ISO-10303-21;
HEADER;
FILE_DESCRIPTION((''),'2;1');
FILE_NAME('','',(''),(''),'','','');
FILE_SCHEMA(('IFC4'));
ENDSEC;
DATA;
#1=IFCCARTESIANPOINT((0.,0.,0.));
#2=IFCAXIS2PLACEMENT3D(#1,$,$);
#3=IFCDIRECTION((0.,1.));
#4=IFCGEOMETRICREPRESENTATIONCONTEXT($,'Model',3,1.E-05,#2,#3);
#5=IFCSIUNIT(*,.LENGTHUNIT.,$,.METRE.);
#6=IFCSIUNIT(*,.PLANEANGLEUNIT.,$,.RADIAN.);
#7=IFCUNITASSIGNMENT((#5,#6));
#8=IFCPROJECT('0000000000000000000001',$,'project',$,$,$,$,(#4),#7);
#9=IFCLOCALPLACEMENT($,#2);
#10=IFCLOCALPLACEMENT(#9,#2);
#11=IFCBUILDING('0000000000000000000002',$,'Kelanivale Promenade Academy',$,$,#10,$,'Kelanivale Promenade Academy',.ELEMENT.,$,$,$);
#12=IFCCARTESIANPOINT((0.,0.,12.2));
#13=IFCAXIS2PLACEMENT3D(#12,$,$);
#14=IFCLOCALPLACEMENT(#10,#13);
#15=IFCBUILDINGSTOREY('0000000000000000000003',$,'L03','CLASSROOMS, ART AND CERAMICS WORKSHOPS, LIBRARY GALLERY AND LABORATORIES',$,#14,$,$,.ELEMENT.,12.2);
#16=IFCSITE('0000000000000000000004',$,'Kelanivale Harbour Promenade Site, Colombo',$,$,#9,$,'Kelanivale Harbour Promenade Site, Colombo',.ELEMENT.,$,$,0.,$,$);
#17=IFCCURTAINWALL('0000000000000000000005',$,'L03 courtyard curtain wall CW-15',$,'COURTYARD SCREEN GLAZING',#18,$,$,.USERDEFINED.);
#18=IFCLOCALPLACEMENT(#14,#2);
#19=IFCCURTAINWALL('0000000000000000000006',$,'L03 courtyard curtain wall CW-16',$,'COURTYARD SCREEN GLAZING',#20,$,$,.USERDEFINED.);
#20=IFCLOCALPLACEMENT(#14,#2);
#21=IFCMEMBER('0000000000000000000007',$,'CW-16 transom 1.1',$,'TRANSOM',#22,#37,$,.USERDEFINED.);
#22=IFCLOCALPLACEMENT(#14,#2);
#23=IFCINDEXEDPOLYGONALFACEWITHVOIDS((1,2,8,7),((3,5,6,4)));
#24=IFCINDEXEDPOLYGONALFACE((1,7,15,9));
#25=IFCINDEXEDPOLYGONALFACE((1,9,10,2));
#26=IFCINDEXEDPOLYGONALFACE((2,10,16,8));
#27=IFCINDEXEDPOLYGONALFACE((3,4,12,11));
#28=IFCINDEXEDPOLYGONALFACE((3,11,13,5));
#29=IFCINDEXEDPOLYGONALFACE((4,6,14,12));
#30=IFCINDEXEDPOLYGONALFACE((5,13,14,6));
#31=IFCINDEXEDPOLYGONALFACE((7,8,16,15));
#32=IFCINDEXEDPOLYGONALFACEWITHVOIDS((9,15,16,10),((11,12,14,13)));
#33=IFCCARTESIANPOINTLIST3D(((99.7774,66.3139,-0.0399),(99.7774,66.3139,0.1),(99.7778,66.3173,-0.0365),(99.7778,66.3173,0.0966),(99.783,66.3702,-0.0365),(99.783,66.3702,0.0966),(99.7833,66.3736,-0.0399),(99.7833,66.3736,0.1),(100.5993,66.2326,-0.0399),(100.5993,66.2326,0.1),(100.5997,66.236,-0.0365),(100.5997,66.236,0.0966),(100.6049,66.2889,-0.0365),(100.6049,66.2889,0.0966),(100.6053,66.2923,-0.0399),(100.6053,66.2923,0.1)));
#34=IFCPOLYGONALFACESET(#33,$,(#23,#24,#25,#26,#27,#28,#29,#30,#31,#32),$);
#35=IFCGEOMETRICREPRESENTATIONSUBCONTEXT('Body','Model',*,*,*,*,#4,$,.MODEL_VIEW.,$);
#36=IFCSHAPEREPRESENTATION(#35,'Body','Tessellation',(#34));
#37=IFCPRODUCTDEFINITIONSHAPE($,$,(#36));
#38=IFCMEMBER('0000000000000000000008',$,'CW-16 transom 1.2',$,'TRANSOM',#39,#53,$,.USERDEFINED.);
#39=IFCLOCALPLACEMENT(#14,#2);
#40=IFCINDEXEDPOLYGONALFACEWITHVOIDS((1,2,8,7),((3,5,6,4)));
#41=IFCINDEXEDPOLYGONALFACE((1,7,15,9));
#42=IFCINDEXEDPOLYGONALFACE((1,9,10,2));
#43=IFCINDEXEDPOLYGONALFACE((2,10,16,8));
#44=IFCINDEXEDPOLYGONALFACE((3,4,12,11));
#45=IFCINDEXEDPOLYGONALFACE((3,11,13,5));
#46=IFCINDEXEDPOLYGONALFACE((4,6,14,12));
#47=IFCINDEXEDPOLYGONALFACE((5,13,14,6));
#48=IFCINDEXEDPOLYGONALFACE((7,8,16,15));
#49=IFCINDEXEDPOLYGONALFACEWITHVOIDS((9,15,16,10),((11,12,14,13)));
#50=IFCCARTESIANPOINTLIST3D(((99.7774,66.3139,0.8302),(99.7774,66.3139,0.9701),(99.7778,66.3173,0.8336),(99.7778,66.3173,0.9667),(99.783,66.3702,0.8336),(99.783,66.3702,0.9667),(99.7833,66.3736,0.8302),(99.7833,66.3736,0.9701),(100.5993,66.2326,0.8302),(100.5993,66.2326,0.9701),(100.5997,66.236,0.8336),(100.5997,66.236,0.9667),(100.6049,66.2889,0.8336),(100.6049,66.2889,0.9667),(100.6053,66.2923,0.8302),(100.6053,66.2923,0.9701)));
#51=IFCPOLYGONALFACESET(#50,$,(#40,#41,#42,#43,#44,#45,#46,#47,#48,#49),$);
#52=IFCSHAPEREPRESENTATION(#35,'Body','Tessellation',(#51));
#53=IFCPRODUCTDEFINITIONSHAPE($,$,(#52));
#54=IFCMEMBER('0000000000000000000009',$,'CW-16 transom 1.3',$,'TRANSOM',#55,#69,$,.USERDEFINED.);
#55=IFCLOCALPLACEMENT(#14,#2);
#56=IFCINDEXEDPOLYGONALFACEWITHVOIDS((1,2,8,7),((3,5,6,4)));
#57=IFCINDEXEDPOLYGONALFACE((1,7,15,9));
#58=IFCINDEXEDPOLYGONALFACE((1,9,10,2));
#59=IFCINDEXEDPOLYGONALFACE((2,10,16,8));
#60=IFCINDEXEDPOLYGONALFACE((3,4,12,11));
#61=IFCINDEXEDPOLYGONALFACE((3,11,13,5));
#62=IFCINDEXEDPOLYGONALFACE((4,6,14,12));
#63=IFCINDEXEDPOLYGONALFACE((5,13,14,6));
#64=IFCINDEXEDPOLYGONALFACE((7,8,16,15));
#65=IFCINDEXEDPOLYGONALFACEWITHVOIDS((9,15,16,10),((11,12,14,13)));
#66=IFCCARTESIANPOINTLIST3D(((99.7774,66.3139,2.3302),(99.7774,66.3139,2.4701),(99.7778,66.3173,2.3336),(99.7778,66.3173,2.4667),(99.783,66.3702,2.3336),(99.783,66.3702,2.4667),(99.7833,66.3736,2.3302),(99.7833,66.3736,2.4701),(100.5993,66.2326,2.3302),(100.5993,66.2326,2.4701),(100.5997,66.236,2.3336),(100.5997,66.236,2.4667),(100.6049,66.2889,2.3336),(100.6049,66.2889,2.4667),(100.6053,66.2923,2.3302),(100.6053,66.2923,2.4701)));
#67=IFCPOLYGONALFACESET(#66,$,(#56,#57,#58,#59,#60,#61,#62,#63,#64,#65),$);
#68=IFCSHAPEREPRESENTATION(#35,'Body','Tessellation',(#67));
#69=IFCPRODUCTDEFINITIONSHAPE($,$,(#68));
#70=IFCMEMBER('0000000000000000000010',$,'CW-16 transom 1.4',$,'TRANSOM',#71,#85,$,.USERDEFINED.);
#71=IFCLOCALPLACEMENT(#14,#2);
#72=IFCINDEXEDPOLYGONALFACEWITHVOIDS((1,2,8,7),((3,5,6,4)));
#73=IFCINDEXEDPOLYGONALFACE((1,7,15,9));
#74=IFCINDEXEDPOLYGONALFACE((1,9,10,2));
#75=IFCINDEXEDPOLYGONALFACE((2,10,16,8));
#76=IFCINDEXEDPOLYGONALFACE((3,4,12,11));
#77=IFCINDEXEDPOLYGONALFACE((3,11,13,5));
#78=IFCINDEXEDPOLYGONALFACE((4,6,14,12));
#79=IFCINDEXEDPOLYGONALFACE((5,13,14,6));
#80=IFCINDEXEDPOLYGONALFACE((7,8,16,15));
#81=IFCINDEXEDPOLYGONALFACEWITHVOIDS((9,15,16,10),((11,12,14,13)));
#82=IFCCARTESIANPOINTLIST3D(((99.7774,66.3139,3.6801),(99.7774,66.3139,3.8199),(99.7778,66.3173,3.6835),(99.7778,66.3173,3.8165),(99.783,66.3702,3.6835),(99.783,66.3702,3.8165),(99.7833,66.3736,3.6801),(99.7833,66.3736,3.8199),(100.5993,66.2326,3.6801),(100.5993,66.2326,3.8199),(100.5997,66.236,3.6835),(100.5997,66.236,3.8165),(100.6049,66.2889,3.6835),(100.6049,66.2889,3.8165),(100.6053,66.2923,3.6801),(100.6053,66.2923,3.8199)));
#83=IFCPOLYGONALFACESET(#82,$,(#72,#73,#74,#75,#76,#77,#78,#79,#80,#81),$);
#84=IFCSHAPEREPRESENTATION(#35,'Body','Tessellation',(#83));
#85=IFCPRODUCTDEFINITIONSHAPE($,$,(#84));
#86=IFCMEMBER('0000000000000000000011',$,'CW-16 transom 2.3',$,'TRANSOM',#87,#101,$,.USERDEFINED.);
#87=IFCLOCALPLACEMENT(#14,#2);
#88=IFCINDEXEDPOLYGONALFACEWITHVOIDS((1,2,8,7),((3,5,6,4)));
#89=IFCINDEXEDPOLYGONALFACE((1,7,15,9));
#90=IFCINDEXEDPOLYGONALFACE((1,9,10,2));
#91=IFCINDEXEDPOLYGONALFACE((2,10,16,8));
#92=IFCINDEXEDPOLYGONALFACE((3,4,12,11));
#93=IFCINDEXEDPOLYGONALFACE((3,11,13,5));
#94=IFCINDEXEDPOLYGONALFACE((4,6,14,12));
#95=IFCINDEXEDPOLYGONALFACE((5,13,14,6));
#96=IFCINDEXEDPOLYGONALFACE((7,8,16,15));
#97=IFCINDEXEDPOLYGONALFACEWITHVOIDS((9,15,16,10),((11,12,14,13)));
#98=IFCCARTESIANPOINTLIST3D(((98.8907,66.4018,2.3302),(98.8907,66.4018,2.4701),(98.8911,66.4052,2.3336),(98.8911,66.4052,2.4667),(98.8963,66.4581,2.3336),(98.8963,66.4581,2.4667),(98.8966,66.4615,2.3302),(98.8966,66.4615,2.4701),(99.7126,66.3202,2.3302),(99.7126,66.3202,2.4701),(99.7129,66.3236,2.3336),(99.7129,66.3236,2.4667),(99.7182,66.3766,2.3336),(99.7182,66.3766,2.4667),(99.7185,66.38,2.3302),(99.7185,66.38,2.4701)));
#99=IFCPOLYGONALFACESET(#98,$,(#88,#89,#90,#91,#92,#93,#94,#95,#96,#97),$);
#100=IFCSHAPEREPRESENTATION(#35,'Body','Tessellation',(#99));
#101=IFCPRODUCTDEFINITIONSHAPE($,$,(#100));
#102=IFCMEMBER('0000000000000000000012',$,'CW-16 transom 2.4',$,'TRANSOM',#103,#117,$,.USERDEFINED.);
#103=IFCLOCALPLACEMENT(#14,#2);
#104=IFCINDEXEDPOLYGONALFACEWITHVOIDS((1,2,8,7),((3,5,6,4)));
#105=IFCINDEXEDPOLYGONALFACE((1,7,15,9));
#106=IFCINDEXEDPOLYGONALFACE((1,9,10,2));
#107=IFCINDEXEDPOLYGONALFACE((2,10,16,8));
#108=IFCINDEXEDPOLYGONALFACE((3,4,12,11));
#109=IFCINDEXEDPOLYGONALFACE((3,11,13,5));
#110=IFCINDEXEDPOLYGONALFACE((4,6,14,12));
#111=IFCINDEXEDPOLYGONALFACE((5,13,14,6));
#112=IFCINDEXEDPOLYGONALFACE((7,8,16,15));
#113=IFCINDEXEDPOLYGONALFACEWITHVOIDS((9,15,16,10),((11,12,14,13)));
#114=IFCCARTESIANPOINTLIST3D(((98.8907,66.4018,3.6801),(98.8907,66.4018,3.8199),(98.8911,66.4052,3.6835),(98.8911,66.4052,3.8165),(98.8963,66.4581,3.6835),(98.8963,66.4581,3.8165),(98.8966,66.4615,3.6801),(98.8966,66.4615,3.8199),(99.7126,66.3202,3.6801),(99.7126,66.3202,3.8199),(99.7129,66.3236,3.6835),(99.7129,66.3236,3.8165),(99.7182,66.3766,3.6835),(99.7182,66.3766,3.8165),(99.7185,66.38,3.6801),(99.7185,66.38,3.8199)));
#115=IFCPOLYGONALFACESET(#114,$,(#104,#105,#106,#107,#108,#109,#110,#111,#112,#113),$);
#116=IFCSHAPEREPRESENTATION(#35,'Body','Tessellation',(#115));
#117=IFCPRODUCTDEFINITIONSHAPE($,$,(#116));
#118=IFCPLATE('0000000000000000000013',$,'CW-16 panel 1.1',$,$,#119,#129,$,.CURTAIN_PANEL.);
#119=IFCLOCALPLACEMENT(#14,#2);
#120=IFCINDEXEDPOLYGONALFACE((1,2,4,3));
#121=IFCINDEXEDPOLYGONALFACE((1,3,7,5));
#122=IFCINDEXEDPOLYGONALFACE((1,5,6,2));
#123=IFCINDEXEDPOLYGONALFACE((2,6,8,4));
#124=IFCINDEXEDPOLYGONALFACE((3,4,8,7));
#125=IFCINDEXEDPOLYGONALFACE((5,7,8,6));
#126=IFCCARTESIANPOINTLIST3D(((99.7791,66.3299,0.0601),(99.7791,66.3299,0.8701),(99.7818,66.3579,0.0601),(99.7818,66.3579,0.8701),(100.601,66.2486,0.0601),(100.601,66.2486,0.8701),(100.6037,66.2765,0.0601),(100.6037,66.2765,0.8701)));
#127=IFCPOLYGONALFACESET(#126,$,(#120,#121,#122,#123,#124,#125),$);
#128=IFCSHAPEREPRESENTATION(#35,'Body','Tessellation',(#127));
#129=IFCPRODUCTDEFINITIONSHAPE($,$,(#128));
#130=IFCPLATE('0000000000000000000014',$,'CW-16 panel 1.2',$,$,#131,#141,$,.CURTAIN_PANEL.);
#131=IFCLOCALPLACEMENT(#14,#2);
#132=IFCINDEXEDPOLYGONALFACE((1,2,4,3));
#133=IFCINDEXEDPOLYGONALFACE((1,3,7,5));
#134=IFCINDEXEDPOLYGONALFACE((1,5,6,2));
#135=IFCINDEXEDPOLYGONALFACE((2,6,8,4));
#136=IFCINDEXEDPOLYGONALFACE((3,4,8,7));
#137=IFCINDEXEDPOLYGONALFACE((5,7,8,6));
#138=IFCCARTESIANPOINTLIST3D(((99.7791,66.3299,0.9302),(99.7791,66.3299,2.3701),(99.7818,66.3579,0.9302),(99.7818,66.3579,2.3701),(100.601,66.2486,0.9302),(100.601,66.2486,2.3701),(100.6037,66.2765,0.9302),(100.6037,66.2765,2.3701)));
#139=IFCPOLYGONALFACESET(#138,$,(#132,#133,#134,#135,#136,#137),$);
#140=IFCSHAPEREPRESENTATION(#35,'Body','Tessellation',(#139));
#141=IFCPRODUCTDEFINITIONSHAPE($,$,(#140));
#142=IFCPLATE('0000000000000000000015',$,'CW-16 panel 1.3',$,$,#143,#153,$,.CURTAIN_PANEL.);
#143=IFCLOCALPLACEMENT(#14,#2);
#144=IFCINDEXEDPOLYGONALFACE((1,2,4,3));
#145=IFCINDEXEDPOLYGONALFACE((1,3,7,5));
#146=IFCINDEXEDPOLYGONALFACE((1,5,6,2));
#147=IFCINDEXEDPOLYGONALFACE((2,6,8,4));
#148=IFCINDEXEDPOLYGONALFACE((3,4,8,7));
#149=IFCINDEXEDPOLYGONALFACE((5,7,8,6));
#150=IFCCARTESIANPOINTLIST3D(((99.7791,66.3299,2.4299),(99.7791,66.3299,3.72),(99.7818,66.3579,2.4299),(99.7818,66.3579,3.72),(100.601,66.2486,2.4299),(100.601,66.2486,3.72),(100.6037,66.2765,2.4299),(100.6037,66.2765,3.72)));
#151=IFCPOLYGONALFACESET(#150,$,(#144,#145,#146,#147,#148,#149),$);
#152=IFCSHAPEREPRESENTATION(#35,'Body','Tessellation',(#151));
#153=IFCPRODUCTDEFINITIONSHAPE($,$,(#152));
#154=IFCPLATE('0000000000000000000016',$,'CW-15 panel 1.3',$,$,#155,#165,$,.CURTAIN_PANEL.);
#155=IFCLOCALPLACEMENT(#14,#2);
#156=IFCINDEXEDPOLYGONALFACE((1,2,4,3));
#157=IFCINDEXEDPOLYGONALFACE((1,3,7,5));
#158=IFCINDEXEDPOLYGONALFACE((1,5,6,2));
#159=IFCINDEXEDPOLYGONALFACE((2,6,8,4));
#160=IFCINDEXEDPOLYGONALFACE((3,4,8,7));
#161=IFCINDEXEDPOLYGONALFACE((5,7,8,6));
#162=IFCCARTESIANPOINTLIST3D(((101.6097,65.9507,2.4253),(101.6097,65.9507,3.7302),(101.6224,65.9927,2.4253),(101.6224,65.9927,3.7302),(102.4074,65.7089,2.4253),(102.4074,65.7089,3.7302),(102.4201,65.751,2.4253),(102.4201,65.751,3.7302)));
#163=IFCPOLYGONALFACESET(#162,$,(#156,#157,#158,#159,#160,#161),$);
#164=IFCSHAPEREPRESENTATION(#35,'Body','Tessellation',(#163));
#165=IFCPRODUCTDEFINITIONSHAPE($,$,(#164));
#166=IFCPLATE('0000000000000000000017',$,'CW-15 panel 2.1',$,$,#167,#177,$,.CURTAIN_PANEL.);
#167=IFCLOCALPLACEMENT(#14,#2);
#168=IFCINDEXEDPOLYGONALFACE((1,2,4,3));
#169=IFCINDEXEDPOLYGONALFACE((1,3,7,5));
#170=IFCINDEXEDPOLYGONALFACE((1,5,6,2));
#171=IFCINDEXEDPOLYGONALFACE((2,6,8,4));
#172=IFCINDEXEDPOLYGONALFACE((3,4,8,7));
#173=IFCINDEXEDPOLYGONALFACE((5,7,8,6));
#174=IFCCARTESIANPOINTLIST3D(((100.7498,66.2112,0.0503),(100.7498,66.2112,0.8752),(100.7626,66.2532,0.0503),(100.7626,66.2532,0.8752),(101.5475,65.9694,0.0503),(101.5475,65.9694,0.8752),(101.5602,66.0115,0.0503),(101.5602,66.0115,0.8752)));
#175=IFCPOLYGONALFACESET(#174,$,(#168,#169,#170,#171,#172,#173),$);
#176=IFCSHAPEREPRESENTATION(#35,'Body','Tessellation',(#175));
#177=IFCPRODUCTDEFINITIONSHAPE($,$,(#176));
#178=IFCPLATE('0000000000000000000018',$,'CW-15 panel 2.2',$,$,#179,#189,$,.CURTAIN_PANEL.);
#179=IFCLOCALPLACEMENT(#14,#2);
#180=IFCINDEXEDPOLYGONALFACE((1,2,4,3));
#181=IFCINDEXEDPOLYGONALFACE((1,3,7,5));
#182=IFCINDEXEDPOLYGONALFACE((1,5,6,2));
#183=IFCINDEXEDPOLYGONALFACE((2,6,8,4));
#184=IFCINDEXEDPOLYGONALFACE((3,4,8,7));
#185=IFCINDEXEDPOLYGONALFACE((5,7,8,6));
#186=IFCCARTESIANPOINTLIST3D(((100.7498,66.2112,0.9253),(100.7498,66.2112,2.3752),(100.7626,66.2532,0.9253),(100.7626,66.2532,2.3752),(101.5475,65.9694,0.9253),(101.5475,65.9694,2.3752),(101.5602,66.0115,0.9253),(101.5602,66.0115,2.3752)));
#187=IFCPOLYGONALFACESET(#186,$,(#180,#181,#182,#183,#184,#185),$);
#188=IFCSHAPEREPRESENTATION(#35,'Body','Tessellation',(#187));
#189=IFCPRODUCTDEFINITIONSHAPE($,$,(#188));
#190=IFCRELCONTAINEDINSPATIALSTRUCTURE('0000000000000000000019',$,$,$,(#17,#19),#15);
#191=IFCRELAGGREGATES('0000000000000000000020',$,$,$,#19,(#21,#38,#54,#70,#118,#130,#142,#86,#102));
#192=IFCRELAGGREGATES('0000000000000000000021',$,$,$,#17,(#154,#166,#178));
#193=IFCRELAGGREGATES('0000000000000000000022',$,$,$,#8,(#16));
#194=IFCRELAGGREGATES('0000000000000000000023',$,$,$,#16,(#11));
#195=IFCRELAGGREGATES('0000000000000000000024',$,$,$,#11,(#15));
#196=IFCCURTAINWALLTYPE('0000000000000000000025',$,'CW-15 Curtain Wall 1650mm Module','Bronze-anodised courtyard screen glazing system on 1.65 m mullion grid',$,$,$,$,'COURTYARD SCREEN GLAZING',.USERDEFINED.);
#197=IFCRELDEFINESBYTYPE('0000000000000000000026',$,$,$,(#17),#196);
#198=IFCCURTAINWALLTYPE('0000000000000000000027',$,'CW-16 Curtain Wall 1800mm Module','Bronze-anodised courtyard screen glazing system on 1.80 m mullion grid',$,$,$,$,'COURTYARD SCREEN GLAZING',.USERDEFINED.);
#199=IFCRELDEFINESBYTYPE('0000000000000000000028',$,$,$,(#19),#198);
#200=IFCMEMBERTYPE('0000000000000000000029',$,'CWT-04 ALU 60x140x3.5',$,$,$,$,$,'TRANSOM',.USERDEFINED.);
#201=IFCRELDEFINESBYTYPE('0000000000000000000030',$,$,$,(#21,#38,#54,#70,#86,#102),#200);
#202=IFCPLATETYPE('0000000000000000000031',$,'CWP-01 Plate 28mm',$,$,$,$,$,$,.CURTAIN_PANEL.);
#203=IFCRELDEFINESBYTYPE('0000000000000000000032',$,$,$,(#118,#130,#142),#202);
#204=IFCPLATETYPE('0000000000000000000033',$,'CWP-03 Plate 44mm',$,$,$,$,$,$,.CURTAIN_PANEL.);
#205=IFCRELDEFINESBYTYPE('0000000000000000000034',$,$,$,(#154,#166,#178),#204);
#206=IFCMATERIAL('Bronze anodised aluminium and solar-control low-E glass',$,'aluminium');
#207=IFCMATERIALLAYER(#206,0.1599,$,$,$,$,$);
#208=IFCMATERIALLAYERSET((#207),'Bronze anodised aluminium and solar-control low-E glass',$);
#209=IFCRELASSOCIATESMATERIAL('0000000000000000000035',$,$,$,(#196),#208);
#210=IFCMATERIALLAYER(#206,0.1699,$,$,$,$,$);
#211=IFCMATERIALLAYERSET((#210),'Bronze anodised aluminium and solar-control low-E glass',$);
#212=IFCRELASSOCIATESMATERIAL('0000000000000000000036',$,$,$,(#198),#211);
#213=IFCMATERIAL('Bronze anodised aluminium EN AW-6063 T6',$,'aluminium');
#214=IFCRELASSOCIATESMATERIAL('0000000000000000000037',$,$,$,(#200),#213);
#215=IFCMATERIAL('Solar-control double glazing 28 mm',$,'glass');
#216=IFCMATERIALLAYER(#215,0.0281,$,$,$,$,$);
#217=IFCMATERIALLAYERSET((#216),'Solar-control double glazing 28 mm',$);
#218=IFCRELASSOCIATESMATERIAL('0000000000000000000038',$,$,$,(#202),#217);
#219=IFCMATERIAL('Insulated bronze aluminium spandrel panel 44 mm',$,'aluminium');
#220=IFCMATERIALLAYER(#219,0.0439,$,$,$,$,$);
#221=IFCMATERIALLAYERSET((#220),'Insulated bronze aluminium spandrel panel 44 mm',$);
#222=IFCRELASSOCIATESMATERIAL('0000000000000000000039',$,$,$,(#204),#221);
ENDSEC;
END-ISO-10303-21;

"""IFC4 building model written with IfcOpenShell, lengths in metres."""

from ifc_helpers import new_model, si_unit, direction, frame, origin, origin_2d, place, context, subcontext, project, spatial, rectangle, hollow_rectangle, extrude, material, layer, layer_set, material_profile, profile_set, type_object, element, aggregate, save


model = new_model("IFC4")

# Units and contexts
model_context = context("Model", 3, precision=1e-05, world=origin(), true_north=direction((0.0, 1.0)))
body_context = subcontext(model_context, "Body", "Model", "MODEL_VIEW")
ifc_project = project(units=[si_unit("LENGTHUNIT", "METRE"), si_unit("PLANEANGLEUNIT", "RADIAN")], contexts=[model_context])

# Site, building, storey
site_placement = place(None, origin())
site = spatial("IfcSite", under=ifc_project, at=site_placement, Name="Kelanivale Harbour Promenade Site, Colombo", LongName="Kelanivale Harbour Promenade Site, Colombo", CompositionType="ELEMENT", RefElevation=0.0)
building_placement = place(site_placement, origin())
building = spatial("IfcBuilding", under=site, at=building_placement, Name="Kelanivale Promenade Academy", LongName="Kelanivale Promenade Academy", CompositionType="ELEMENT")
storey_placement = place(building_placement, frame((0.0, 0.0, 12.2)))
storey = spatial("IfcBuildingStorey", under=building, at=storey_placement, Name="L03", Description="CLASSROOMS, ART AND CERAMICS WORKSHOPS, LIBRARY GALLERY AND LABORATORIES", CompositionType="ELEMENT", Elevation=12.2)

# Curtain walls
ifc_material_1 = material(Name="Bronze anodised aluminium and solar-control low-E glass", Category="aluminium")
ifc_layer_1 = layer(ifc_material_1, 0.1599)
ifc_layer_set_1 = layer_set([ifc_layer_1], Name="Bronze anodised aluminium and solar-control low-E glass")
curtain_wall_type_1 = type_object("IfcCurtainWallType", Name="CW-15 Curtain Wall 1650mm Module", Description="Bronze-anodised courtyard screen glazing system on 1.65 m mullion grid", ElementType="COURTYARD SCREEN GLAZING", PredefinedType="USERDEFINED", material=ifc_layer_set_1)
curtain_wall_1_placement = place(storey_placement, origin())
curtain_wall_1 = element("IfcCurtainWall", 1, at=curtain_wall_1_placement, inside=storey, type_object=curtain_wall_type_1, Name="L03 courtyard curtain wall CW-15", ObjectType="COURTYARD SCREEN GLAZING", PredefinedType="USERDEFINED")
ifc_material_2 = material(Name="Bronze anodised aluminium EN AW-6063 T6", Category="aluminium")
ifc_layer_2 = layer(ifc_material_1, 0.1699)
ifc_layer_set_2 = layer_set([ifc_layer_2], Name="Bronze anodised aluminium and solar-control low-E glass")
curtain_wall_type_2 = type_object("IfcCurtainWallType", Name="CW-16 Curtain Wall 1800mm Module", Description="Bronze-anodised courtyard screen glazing system on 1.80 m mullion grid", ElementType="COURTYARD SCREEN GLAZING", PredefinedType="USERDEFINED", material=ifc_layer_set_2)
curtain_wall_2_placement = place(storey_placement, origin())
curtain_wall_2 = element("IfcCurtainWall", 2, at=curtain_wall_2_placement, inside=storey, type_object=curtain_wall_type_2, Name="L03 courtyard curtain wall CW-16", ObjectType="COURTYARD SCREEN GLAZING", PredefinedType="USERDEFINED")

# Members
ifc_material_profile_1 = material_profile(ifc_material_2, hollow_rectangle(XDim=0.0601, YDim=0.1399, WallThickness=0.0034, at=origin_2d()), Name="ALU 60x140x3.5")
ifc_profile_set_1 = profile_set([ifc_material_profile_1], Name="Bronze anodised aluminium EN AW-6063 T6")
member_type_1 = type_object("IfcMemberType", Name="CWT-04 ALU 60x140x3.5", ElementType="TRANSOM", PredefinedType="USERDEFINED", material=ifc_profile_set_1)
member_1_placement = place(storey_placement, frame((100.6023, 66.2625, 0.03), z_axis=(-0.995145, 0.098421, 0.0), x_axis=(-0.098421, -0.995145, 0.0)))
member_1 = element("IfcMember", 3, at=member_1_placement, type_object=member_type_1, Name="CW-16 transom 1.1", ObjectType="TRANSOM", PredefinedType="USERDEFINED", context=body_context, shape_type="SweptSolid", body=[
    extrude(hollow_rectangle(XDim=0.0601, YDim=0.1399, WallThickness=0.0034, at=origin_2d()), origin(), (0.0, 0.0, 1.0), 0.8259),
])
member_2_placement = place(storey_placement, frame((100.6023, 66.2625, 0.9001), z_axis=(-0.995145, 0.098421, 0.0), x_axis=(-0.098421, -0.995145, 0.0)))
member_2 = element("IfcMember", 4, at=member_2_placement, type_object=member_type_1, Name="CW-16 transom 1.2", ObjectType="TRANSOM", PredefinedType="USERDEFINED", context=body_context, shape_type="SweptSolid", body=[
    extrude(hollow_rectangle(XDim=0.0601, YDim=0.1399, WallThickness=0.0034, at=origin_2d()), origin(), (0.0, 0.0, 1.0), 0.8259),
])
member_3_placement = place(storey_placement, frame((100.6023, 66.2625, 2.4001), z_axis=(-0.995145, 0.098421, 0.0), x_axis=(-0.098421, -0.995145, 0.0)))
member_3 = element("IfcMember", 5, at=member_3_placement, type_object=member_type_1, Name="CW-16 transom 1.3", ObjectType="TRANSOM", PredefinedType="USERDEFINED", context=body_context, shape_type="SweptSolid", body=[
    extrude(hollow_rectangle(XDim=0.0601, YDim=0.1399, WallThickness=0.0034, at=origin_2d()), origin(), (0.0, 0.0, 1.0), 0.8259),
])
member_4_placement = place(storey_placement, frame((100.6023, 66.2625, 3.75), z_axis=(-0.995145, 0.098421, 0.0), x_axis=(-0.098421, -0.995145, 0.0)))
member_4 = element("IfcMember", 6, at=member_4_placement, type_object=member_type_1, Name="CW-16 transom 1.4", ObjectType="TRANSOM", PredefinedType="USERDEFINED", context=body_context, shape_type="SweptSolid", body=[
    extrude(hollow_rectangle(XDim=0.0601, YDim=0.1399, WallThickness=0.0034, at=origin_2d()), origin(), (0.0, 0.0, 1.0), 0.8259),
])
member_5_placement = place(storey_placement, frame((99.7156, 66.3501, 2.4001), z_axis=(-0.995113, 0.098743, 0.0), x_axis=(-0.098743, -0.995113, 0.0)))
member_5 = element("IfcMember", 7, at=member_5_placement, type_object=member_type_1, Name="CW-16 transom 2.3", ObjectType="TRANSOM", PredefinedType="USERDEFINED", context=body_context, shape_type="SweptSolid", body=[
    extrude(hollow_rectangle(XDim=0.0601, YDim=0.1399, WallThickness=0.0034, at=origin_2d()), origin(), (0.0, 0.0, 1.0), 0.8259),
])
member_6_placement = place(storey_placement, frame((99.7156, 66.3501, 3.75), z_axis=(-0.995113, 0.098743, 0.0), x_axis=(-0.098743, -0.995113, 0.0)))
member_6 = element("IfcMember", 8, at=member_6_placement, type_object=member_type_1, Name="CW-16 transom 2.4", ObjectType="TRANSOM", PredefinedType="USERDEFINED", context=body_context, shape_type="SweptSolid", body=[
    extrude(hollow_rectangle(XDim=0.0601, YDim=0.1399, WallThickness=0.0034, at=origin_2d()), origin(), (0.0, 0.0, 1.0), 0.8259),
])

# Plates
ifc_material_3 = material(Name="Solar-control double glazing 28 mm", Category="glass")
ifc_layer_3 = layer(ifc_material_3, 0.0281)
ifc_layer_set_3 = layer_set([ifc_layer_3], Name="Solar-control double glazing 28 mm")
plate_type_1 = type_object("IfcPlateType", Name="CWP-01 Plate 28mm", PredefinedType="CURTAIN_PANEL", material=ifc_layer_set_3)
plate_1_placement = place(storey_placement, frame((100.1914, 66.3032, 0.0601), z_axis=(0.0, 0.0, 1.0), x_axis=(-0.995133, 0.098539, 0.0)))
plate_1 = element("IfcPlate", 9, at=plate_1_placement, type_object=plate_type_1, Name="CW-16 panel 1.1", PredefinedType="CURTAIN_PANEL", context=body_context, shape_type="SweptSolid", body=[
    extrude(rectangle(XDim=0.8259, YDim=0.0281, at=origin_2d()), origin(), (0.0, 0.0, 1.0), 0.8101),
])
plate_2_placement = place(storey_placement, frame((100.1914, 66.3032, 0.9302), z_axis=(0.0, 0.0, 1.0), x_axis=(-0.995133, 0.098539, 0.0)))
plate_2 = element("IfcPlate", 10, at=plate_2_placement, type_object=plate_type_1, Name="CW-16 panel 1.2", PredefinedType="CURTAIN_PANEL", context=body_context, shape_type="SweptSolid", body=[
    extrude(rectangle(XDim=0.8259, YDim=0.0281, at=origin_2d()), origin(), (0.0, 0.0, 1.0), 1.4399),
])
plate_3_placement = place(storey_placement, frame((100.1914, 66.3032, 2.4299), z_axis=(0.0, 0.0, 1.0), x_axis=(-0.995133, 0.098539, 0.0)))
plate_3 = element("IfcPlate", 11, at=plate_3_placement, type_object=plate_type_1, Name="CW-16 panel 1.3", PredefinedType="CURTAIN_PANEL", context=body_context, shape_type="SweptSolid", body=[
    extrude(rectangle(XDim=0.8259, YDim=0.0281, at=origin_2d()), origin(), (0.0, 0.0, 1.0), 1.29),
])
aggregate(curtain_wall_2, [member_1, member_2, member_3, member_4, plate_1, plate_2, plate_3, member_5, member_6])
ifc_material_4 = material(Name="Insulated bronze aluminium spandrel panel 44 mm", Category="aluminium")
ifc_layer_4 = layer(ifc_material_4, 0.0439)
ifc_layer_set_4 = layer_set([ifc_layer_4], Name="Insulated bronze aluminium spandrel panel 44 mm")
plate_type_2 = type_object("IfcPlateType", Name="CWP-03 Plate 44mm", PredefinedType="CURTAIN_PANEL", material=ifc_layer_set_4)
plate_4_placement = place(storey_placement, frame((102.0149, 65.8508, 2.4253), z_axis=(0.0, 0.0, 1.0), x_axis=(-0.957024, 0.290007, 0.0)))
plate_4 = element("IfcPlate", 12, at=plate_4_placement, type_object=plate_type_2, Name="CW-15 panel 1.3", PredefinedType="CURTAIN_PANEL", context=body_context, shape_type="SweptSolid", body=[
    extrude(rectangle(XDim=0.8335, YDim=0.0439, at=origin_2d()), origin(), (0.0, 0.0, 1.0), 1.3049),
])
plate_5_placement = place(storey_placement, frame((101.155, 66.1113, 0.0503), z_axis=(0.0, 0.0, 1.0), x_axis=(-0.957024, 0.290007, 0.0)))
plate_5 = element("IfcPlate", 13, at=plate_5_placement, type_object=plate_type_2, Name="CW-15 panel 2.1", PredefinedType="CURTAIN_PANEL", context=body_context, shape_type="SweptSolid", body=[
    extrude(rectangle(XDim=0.8335, YDim=0.0439, at=origin_2d()), origin(), (0.0, 0.0, 1.0), 0.825),
])
plate_6_placement = place(storey_placement, frame((101.155, 66.1113, 0.9253), z_axis=(0.0, 0.0, 1.0), x_axis=(-0.957024, 0.290007, 0.0)))
plate_6 = element("IfcPlate", 14, at=plate_6_placement, type_object=plate_type_2, Name="CW-15 panel 2.2", PredefinedType="CURTAIN_PANEL", context=body_context, shape_type="SweptSolid", body=[
    extrude(rectangle(XDim=0.8335, YDim=0.0439, at=origin_2d()), origin(), (0.0, 0.0, 1.0), 1.45),
])
aggregate(curtain_wall_1, [plate_4, plate_5, plate_6])

save(model, "model.ifc")
